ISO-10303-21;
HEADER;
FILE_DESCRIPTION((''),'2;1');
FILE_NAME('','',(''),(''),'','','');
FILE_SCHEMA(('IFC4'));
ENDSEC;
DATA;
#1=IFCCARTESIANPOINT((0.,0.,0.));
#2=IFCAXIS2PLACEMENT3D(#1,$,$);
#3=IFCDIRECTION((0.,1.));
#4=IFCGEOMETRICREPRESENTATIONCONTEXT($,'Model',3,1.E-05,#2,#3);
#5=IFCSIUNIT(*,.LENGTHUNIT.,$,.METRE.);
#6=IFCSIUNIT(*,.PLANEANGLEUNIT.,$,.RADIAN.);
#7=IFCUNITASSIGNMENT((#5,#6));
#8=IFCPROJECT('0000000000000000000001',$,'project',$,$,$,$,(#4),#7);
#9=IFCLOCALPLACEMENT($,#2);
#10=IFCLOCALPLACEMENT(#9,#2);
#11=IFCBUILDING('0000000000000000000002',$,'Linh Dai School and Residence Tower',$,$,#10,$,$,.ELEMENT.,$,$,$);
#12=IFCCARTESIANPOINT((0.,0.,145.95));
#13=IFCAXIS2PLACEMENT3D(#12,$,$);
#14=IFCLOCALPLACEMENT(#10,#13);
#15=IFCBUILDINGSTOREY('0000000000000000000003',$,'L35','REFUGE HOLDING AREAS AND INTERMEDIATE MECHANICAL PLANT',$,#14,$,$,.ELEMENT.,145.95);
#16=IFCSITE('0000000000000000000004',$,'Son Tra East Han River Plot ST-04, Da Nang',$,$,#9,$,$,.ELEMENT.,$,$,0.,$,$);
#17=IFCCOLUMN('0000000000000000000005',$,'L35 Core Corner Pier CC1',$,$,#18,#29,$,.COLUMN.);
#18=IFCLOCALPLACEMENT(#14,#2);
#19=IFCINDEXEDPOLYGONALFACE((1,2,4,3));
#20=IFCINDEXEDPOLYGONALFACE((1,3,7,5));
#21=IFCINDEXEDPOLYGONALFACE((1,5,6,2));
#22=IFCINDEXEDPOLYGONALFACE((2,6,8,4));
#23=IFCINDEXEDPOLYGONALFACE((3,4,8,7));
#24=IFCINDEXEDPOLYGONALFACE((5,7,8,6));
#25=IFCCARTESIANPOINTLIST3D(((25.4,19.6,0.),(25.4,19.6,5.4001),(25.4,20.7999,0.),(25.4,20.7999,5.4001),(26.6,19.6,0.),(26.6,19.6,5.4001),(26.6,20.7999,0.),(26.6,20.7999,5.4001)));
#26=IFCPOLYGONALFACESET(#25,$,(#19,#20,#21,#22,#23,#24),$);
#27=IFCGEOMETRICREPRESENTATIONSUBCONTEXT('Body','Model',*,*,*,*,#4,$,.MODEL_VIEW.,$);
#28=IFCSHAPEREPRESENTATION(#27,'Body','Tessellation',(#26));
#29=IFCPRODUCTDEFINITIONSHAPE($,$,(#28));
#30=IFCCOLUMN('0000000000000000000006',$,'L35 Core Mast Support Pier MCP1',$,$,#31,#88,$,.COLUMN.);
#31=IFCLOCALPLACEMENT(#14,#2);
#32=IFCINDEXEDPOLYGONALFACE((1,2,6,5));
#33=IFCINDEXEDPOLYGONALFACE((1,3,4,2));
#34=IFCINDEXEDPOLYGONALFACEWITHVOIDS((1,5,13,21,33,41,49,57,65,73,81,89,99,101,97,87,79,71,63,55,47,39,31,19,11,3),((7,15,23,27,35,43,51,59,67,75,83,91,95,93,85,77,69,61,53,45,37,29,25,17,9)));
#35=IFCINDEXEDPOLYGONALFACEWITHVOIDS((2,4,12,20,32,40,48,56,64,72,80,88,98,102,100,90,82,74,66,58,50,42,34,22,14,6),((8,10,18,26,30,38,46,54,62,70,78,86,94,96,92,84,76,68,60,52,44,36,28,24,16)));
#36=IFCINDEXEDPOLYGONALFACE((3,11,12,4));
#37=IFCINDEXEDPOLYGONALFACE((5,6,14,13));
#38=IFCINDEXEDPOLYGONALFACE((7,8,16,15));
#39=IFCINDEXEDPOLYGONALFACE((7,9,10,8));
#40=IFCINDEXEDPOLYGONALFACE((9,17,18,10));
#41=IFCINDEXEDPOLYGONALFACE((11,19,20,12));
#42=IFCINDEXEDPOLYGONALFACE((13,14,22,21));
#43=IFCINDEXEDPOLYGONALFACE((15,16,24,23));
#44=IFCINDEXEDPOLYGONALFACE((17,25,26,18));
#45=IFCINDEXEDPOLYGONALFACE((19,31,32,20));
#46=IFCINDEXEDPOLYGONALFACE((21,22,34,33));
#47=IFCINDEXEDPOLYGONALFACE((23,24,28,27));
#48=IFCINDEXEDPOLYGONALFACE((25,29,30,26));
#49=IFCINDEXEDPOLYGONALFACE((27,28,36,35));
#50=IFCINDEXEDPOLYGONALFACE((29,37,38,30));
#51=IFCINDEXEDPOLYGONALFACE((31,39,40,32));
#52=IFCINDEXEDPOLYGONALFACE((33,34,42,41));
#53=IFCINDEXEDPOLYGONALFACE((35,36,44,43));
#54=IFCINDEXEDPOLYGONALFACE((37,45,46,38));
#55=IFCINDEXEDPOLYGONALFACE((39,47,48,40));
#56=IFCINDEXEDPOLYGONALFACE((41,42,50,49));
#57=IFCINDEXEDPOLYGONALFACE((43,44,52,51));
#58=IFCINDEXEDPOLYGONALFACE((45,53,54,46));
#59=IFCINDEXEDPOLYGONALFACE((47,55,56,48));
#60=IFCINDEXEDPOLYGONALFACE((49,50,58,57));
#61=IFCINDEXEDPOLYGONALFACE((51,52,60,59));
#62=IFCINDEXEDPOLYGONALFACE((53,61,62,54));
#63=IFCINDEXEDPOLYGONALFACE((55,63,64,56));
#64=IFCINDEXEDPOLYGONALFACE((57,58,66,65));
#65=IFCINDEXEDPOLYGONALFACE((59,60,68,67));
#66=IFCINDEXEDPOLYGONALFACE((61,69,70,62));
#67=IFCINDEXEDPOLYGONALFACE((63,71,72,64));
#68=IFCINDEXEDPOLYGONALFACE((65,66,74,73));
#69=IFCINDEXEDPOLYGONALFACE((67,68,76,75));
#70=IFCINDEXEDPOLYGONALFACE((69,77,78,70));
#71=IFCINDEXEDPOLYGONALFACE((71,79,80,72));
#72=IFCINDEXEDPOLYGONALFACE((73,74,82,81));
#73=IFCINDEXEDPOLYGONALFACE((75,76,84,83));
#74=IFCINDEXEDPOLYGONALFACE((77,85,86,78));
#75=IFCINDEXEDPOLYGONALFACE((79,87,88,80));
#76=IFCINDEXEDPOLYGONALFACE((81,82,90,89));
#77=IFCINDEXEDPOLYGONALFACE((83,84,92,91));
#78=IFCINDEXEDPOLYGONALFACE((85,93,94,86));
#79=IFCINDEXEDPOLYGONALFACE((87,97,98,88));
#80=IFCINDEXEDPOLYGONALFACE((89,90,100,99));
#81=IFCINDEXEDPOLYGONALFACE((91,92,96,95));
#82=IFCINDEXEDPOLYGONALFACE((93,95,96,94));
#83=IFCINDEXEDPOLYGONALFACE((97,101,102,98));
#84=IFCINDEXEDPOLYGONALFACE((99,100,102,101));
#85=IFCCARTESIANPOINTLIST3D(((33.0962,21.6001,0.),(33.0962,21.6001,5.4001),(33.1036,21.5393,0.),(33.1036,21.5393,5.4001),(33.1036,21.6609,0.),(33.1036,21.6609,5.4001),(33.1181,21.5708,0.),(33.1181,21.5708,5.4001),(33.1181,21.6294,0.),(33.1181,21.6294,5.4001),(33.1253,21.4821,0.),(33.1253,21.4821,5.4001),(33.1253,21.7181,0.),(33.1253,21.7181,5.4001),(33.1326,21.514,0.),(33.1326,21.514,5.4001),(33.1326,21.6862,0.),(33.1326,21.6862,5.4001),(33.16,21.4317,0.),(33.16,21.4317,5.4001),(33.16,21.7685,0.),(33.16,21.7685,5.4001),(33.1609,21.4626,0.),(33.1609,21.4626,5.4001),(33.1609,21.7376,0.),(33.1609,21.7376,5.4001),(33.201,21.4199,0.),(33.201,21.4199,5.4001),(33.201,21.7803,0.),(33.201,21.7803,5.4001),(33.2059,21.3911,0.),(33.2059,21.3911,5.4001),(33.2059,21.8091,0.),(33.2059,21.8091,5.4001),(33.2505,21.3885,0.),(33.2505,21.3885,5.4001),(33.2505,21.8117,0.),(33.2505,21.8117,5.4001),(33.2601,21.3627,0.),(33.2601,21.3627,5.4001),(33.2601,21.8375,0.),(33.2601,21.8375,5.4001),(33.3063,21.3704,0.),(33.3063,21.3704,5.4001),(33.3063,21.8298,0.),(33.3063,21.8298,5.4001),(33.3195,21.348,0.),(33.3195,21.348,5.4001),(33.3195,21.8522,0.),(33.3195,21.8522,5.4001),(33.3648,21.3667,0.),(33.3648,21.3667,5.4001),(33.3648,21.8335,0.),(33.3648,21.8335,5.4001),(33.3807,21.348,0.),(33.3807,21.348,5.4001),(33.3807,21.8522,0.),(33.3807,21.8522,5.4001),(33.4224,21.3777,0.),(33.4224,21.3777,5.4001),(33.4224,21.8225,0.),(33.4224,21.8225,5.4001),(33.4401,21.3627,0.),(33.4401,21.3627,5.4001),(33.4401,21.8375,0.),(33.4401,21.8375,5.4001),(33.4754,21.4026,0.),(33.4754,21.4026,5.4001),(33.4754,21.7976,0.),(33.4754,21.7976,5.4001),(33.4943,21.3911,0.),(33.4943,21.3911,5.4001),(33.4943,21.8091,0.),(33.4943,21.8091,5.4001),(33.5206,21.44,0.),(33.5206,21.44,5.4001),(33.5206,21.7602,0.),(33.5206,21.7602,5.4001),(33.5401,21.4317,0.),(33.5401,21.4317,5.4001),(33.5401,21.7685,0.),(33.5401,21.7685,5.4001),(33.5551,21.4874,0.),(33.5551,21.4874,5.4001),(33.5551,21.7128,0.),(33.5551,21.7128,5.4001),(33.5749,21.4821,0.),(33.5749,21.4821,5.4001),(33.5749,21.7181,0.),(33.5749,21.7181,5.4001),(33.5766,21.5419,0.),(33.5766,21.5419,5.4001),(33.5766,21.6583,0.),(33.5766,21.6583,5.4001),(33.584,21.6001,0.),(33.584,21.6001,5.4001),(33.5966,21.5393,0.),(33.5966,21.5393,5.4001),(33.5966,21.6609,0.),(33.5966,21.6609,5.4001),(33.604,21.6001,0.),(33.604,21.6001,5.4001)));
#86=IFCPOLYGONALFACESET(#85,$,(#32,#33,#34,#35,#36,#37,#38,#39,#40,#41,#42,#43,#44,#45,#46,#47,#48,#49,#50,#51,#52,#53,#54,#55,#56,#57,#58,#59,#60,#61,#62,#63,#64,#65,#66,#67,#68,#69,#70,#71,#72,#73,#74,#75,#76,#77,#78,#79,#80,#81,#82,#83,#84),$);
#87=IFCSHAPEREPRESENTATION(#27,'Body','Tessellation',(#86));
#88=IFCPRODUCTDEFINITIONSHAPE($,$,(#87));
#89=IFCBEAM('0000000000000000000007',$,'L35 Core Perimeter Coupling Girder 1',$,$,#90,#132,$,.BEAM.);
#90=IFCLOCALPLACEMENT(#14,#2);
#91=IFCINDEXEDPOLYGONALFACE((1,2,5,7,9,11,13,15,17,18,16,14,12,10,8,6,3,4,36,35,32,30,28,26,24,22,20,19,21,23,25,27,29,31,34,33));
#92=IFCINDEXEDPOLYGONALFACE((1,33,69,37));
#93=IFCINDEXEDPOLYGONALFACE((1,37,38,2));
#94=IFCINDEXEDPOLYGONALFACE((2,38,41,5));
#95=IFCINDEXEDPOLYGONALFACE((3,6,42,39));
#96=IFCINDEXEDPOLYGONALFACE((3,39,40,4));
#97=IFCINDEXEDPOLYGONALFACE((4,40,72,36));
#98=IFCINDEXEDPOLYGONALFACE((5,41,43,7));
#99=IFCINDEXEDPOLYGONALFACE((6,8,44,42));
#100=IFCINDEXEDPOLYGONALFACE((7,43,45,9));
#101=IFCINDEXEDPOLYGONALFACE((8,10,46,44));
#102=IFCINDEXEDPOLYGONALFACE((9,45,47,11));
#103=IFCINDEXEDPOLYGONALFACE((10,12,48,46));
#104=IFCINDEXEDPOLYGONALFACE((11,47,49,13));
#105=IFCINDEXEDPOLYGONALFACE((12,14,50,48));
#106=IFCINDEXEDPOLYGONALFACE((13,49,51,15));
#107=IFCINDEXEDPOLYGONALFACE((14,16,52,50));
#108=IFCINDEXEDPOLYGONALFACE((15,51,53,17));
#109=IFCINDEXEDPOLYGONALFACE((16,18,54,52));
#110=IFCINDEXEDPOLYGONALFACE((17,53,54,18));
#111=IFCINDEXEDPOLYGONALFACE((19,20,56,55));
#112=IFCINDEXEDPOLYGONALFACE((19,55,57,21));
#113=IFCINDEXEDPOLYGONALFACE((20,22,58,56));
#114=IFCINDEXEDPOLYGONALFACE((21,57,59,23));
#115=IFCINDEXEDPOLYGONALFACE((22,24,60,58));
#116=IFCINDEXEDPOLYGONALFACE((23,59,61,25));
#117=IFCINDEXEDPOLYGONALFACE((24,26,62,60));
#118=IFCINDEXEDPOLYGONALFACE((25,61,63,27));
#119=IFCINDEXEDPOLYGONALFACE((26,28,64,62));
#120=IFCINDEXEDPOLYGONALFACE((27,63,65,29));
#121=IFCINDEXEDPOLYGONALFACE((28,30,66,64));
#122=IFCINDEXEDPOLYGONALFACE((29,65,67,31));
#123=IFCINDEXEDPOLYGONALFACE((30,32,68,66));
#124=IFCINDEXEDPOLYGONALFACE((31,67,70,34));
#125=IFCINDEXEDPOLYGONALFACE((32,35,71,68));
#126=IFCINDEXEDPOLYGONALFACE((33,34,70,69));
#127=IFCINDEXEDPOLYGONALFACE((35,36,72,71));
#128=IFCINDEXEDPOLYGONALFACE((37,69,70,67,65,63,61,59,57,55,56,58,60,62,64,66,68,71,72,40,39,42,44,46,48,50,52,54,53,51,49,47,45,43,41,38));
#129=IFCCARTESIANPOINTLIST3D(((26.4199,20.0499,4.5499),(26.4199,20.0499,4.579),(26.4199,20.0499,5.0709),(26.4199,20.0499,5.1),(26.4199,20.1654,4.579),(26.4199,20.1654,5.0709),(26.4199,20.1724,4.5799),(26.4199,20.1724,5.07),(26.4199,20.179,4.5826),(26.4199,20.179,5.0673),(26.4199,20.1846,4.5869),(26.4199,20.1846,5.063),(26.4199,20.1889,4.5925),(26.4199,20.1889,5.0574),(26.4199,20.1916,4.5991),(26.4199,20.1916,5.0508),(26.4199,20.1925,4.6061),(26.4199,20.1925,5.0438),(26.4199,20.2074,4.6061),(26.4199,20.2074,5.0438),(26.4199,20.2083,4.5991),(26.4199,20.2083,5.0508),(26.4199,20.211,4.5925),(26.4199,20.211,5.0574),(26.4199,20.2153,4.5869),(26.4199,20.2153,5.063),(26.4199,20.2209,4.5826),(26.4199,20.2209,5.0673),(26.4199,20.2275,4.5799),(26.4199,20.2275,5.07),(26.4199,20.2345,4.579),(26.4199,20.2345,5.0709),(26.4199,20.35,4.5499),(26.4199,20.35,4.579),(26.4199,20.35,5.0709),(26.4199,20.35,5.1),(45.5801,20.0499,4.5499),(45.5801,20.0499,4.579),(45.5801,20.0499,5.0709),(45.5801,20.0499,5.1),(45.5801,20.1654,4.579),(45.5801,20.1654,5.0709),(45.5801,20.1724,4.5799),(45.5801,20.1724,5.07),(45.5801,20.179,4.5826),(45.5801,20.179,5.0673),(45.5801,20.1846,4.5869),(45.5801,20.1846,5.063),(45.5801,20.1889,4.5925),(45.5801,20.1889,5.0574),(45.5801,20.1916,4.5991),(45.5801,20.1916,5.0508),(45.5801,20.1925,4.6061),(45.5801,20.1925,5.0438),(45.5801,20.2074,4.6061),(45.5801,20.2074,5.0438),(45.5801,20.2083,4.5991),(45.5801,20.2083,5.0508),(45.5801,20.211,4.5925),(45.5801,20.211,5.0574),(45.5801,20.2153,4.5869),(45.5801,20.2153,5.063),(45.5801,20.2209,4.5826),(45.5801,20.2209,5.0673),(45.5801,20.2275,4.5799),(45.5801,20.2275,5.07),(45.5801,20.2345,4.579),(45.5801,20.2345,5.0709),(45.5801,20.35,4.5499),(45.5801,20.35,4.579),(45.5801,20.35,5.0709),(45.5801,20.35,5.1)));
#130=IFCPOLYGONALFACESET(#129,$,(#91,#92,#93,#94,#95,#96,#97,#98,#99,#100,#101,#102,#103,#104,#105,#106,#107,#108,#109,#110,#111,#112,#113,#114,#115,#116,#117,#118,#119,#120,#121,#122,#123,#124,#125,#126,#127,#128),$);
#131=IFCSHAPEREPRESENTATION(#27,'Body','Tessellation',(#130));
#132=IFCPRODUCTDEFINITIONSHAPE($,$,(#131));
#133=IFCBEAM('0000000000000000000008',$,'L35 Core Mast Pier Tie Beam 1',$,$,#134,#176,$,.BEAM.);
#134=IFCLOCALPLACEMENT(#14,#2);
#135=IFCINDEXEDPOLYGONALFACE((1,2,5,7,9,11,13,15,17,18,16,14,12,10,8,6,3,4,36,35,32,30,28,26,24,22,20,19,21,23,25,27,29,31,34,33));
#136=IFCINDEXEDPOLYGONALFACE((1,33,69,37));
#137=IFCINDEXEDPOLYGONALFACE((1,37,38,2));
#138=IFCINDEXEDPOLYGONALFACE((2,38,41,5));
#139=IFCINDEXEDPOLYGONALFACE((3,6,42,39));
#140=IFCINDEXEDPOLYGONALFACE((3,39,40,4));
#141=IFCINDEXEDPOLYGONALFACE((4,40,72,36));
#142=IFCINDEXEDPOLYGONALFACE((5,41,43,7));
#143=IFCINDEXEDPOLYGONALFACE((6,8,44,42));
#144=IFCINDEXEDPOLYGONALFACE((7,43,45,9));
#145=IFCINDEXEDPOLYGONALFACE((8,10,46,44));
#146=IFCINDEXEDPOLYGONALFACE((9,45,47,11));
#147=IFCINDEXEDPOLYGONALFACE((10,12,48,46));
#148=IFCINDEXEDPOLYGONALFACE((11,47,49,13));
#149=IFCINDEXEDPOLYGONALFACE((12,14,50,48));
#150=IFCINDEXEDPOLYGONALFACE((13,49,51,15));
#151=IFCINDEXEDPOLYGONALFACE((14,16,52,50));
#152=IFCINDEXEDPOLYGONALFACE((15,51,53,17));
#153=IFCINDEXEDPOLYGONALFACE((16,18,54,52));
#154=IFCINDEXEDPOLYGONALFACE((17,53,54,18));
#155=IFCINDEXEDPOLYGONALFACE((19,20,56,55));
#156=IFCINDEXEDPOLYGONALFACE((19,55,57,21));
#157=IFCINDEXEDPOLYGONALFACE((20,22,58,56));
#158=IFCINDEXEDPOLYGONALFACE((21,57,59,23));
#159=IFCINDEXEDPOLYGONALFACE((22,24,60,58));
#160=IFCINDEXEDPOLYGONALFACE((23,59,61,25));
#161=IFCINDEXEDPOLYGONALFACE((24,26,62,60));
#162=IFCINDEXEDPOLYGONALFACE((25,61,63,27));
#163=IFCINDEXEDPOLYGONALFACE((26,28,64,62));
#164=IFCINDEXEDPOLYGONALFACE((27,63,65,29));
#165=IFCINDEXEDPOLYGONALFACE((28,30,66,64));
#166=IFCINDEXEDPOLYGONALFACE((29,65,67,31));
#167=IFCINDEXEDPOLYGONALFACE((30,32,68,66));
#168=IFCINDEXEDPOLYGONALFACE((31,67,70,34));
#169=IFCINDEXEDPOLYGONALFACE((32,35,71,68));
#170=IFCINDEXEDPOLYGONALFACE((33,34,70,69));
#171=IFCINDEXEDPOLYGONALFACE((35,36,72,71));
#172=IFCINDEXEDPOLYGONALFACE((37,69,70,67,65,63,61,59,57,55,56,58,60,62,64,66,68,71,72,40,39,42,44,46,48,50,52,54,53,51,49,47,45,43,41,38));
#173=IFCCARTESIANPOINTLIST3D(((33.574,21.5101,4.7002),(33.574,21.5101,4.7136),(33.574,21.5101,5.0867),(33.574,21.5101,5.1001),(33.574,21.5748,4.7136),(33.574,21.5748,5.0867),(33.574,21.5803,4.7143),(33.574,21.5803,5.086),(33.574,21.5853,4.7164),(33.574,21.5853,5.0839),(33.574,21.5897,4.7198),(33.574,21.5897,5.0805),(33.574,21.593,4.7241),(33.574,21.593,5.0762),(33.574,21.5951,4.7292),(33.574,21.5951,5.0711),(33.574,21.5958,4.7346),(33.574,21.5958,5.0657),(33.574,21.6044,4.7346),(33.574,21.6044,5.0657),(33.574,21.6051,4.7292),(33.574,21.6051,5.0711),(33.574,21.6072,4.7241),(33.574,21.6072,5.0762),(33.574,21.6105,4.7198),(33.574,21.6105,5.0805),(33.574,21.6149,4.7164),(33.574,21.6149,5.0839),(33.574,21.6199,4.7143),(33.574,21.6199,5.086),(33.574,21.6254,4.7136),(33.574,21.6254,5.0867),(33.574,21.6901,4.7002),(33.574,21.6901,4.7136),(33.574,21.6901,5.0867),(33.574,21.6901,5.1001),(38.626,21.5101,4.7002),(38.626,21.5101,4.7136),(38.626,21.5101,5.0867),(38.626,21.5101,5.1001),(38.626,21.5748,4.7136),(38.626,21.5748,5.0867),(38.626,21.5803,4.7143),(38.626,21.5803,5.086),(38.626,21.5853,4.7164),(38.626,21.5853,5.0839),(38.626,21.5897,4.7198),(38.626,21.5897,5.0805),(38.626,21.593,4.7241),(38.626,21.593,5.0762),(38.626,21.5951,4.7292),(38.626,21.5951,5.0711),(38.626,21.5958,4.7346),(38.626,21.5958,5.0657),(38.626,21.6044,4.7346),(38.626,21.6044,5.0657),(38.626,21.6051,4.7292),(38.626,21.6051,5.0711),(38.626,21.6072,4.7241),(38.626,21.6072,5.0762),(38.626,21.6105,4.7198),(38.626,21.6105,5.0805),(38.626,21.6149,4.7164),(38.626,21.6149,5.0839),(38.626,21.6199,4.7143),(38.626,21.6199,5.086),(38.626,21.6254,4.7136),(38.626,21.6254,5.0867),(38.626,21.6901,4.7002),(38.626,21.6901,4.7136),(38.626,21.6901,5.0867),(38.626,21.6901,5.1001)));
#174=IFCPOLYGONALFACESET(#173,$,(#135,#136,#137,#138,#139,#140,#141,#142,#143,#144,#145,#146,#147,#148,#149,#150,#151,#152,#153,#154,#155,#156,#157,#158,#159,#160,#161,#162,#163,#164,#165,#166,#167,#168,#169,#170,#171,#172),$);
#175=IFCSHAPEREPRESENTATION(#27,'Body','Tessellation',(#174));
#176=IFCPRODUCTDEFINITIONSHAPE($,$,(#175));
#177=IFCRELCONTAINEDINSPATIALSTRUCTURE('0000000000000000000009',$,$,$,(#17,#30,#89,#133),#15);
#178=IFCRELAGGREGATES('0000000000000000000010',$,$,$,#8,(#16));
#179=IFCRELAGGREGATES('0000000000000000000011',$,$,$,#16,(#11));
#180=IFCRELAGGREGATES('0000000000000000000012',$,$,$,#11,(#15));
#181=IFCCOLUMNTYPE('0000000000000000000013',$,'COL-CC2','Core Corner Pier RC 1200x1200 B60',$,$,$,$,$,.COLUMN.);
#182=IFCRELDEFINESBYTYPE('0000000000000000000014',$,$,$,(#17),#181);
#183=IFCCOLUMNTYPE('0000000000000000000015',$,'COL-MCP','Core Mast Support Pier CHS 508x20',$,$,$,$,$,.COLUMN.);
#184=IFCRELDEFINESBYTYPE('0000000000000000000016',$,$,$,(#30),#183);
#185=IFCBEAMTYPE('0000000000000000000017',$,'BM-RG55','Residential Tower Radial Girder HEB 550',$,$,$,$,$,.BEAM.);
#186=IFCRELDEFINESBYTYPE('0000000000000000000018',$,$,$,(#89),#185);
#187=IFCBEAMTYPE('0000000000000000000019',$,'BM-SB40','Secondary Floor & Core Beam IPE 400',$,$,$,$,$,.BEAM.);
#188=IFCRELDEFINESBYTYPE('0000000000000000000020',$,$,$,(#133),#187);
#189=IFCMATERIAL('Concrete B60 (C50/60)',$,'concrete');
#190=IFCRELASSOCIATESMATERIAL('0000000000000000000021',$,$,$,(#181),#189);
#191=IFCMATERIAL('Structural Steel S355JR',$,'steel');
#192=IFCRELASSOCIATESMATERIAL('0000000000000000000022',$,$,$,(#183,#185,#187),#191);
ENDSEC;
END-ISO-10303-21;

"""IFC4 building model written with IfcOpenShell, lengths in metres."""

from ifc_helpers import new_model, si_unit, direction, frame, origin, origin_2d, place, context, subcontext, project, spatial, rectangle, hollow_circle, i_section, extrude, material, material_profile, profile_set, type_object, element, save


model = new_model("IFC4")

# Units and contexts
model_context = context("Model", 3, precision=1e-05, world=origin(), true_north=direction((0.0, 1.0)))
body_context = subcontext(model_context, "Body", "Model", "MODEL_VIEW")
ifc_project = project(units=[si_unit("LENGTHUNIT", "METRE"), si_unit("PLANEANGLEUNIT", "RADIAN")], contexts=[model_context])

# Site, building, storey
site_placement = place(None, origin())
site = spatial("IfcSite", under=ifc_project, at=site_placement, Name="Son Tra East Han River Plot ST-04, Da Nang", CompositionType="ELEMENT", RefElevation=0.0)
building_placement = place(site_placement, origin())
building = spatial("IfcBuilding", under=site, at=building_placement, Name="Linh Dai School and Residence Tower", CompositionType="ELEMENT")
storey_placement = place(building_placement, frame((0.0, 0.0, 145.95)))
storey = spatial("IfcBuildingStorey", under=building, at=storey_placement, Name="L35", Description="REFUGE HOLDING AREAS AND INTERMEDIATE MECHANICAL PLANT", CompositionType="ELEMENT", Elevation=145.95)

# Columns
ifc_material_1 = material(Name="Concrete B60 (C50/60)", Category="concrete")
ifc_material_profile_1 = material_profile(ifc_material_1, rectangle(XDim=1.2, YDim=1.2, at=origin_2d()), Name="RC 1200x1200")
ifc_profile_set_1 = profile_set([ifc_material_profile_1], Name="Concrete B60 (C50/60)")
column_type_1 = type_object("IfcColumnType", Name="COL-CC2", Description="Core Corner Pier RC 1200x1200 B60", PredefinedType="COLUMN", material=ifc_profile_set_1)
column_1_placement = place(storey_placement, frame((26.0, 20.2, 0.0), z_axis=(0.0, 0.0, 1.0), x_axis=(1.0, 0.0, 0.0)))
element("IfcColumn", 1, at=column_1_placement, inside=storey, type_object=column_type_1, Name="L35 Core Corner Pier CC1", PredefinedType="COLUMN", context=body_context, shape_type="SweptSolid", body=[
    extrude(rectangle(XDim=1.2, YDim=1.2, at=origin_2d()), origin(), (0.0, 0.0, 1.0), 5.4001),
])
ifc_material_2 = material(Name="Structural Steel S355JR", Category="steel")
ifc_material_profile_2 = material_profile(ifc_material_2, hollow_circle(Radius=0.2539, WallThickness=0.02, at=origin_2d()), Name="CHS 508x20")
ifc_profile_set_2 = profile_set([ifc_material_profile_2], Name="Structural Steel S355JR")
column_type_2 = type_object("IfcColumnType", Name="COL-MCP", Description="Core Mast Support Pier CHS 508x20", PredefinedType="COLUMN", material=ifc_profile_set_2)
column_2_placement = place(storey_placement, frame((33.3501, 21.6001, 0.0), z_axis=(0.0, 0.0, 1.0), x_axis=(1.0, 0.0, 0.0)))
element("IfcColumn", 2, at=column_2_placement, inside=storey, type_object=column_type_2, Name="L35 Core Mast Support Pier MCP1", PredefinedType="COLUMN", context=body_context, shape_type="SweptSolid", body=[
    extrude(hollow_circle(Radius=0.2539, WallThickness=0.02, at=origin_2d()), origin(), (0.0, 0.0, 1.0), 5.4001),
])

# Beams
ifc_material_profile_3 = material_profile(ifc_material_2, i_section(OverallWidth=0.3, OverallDepth=0.55, WebThickness=0.0149, FlangeThickness=0.0291, FilletRadius=0.0271, at=origin_2d()), Name="HEB 550")
ifc_profile_set_3 = profile_set([ifc_material_profile_3], Name="Structural Steel S355JR")
beam_type_1 = type_object("IfcBeamType", Name="BM-RG55", Description="Residential Tower Radial Girder HEB 550", PredefinedType="BEAM", material=ifc_profile_set_3)
beam_1_placement = place(storey_placement, frame((26.4199, 20.2, 4.825), z_axis=(1.0, 0.0, 0.0), x_axis=(0.0, 1.0, 0.0)))
element("IfcBeam", 3, at=beam_1_placement, inside=storey, type_object=beam_type_1, Name="L35 Core Perimeter Coupling Girder 1", PredefinedType="BEAM", context=body_context, shape_type="SweptSolid", body=[
    extrude(i_section(OverallWidth=0.3, OverallDepth=0.55, WebThickness=0.0149, FlangeThickness=0.0291, FilletRadius=0.0271, at=origin_2d()), origin(), (0.0, 0.0, 1.0), 19.1602),
])
ifc_material_profile_4 = material_profile(ifc_material_2, i_section(OverallWidth=0.1799, OverallDepth=0.3999, WebThickness=0.0085, FlangeThickness=0.0134, FilletRadius=0.021, at=origin_2d()), Name="IPE 400")
ifc_profile_set_4 = profile_set([ifc_material_profile_4], Name="Structural Steel S355JR")
beam_type_2 = type_object("IfcBeamType", Name="BM-SB40", Description="Secondary Floor & Core Beam IPE 400", PredefinedType="BEAM", material=ifc_profile_set_4)
beam_2_placement = place(storey_placement, frame((33.574, 21.6001, 4.9001), z_axis=(1.0, 0.0, 0.0), x_axis=(0.0, 1.0, 0.0)))
element("IfcBeam", 4, at=beam_2_placement, inside=storey, type_object=beam_type_2, Name="L35 Core Mast Pier Tie Beam 1", PredefinedType="BEAM", context=body_context, shape_type="SweptSolid", body=[
    extrude(i_section(OverallWidth=0.1799, OverallDepth=0.3999, WebThickness=0.0085, FlangeThickness=0.0134, FilletRadius=0.021, at=origin_2d()), origin(), (0.0, 0.0, 1.0), 5.052),
])

save(model, "model.ifc")
